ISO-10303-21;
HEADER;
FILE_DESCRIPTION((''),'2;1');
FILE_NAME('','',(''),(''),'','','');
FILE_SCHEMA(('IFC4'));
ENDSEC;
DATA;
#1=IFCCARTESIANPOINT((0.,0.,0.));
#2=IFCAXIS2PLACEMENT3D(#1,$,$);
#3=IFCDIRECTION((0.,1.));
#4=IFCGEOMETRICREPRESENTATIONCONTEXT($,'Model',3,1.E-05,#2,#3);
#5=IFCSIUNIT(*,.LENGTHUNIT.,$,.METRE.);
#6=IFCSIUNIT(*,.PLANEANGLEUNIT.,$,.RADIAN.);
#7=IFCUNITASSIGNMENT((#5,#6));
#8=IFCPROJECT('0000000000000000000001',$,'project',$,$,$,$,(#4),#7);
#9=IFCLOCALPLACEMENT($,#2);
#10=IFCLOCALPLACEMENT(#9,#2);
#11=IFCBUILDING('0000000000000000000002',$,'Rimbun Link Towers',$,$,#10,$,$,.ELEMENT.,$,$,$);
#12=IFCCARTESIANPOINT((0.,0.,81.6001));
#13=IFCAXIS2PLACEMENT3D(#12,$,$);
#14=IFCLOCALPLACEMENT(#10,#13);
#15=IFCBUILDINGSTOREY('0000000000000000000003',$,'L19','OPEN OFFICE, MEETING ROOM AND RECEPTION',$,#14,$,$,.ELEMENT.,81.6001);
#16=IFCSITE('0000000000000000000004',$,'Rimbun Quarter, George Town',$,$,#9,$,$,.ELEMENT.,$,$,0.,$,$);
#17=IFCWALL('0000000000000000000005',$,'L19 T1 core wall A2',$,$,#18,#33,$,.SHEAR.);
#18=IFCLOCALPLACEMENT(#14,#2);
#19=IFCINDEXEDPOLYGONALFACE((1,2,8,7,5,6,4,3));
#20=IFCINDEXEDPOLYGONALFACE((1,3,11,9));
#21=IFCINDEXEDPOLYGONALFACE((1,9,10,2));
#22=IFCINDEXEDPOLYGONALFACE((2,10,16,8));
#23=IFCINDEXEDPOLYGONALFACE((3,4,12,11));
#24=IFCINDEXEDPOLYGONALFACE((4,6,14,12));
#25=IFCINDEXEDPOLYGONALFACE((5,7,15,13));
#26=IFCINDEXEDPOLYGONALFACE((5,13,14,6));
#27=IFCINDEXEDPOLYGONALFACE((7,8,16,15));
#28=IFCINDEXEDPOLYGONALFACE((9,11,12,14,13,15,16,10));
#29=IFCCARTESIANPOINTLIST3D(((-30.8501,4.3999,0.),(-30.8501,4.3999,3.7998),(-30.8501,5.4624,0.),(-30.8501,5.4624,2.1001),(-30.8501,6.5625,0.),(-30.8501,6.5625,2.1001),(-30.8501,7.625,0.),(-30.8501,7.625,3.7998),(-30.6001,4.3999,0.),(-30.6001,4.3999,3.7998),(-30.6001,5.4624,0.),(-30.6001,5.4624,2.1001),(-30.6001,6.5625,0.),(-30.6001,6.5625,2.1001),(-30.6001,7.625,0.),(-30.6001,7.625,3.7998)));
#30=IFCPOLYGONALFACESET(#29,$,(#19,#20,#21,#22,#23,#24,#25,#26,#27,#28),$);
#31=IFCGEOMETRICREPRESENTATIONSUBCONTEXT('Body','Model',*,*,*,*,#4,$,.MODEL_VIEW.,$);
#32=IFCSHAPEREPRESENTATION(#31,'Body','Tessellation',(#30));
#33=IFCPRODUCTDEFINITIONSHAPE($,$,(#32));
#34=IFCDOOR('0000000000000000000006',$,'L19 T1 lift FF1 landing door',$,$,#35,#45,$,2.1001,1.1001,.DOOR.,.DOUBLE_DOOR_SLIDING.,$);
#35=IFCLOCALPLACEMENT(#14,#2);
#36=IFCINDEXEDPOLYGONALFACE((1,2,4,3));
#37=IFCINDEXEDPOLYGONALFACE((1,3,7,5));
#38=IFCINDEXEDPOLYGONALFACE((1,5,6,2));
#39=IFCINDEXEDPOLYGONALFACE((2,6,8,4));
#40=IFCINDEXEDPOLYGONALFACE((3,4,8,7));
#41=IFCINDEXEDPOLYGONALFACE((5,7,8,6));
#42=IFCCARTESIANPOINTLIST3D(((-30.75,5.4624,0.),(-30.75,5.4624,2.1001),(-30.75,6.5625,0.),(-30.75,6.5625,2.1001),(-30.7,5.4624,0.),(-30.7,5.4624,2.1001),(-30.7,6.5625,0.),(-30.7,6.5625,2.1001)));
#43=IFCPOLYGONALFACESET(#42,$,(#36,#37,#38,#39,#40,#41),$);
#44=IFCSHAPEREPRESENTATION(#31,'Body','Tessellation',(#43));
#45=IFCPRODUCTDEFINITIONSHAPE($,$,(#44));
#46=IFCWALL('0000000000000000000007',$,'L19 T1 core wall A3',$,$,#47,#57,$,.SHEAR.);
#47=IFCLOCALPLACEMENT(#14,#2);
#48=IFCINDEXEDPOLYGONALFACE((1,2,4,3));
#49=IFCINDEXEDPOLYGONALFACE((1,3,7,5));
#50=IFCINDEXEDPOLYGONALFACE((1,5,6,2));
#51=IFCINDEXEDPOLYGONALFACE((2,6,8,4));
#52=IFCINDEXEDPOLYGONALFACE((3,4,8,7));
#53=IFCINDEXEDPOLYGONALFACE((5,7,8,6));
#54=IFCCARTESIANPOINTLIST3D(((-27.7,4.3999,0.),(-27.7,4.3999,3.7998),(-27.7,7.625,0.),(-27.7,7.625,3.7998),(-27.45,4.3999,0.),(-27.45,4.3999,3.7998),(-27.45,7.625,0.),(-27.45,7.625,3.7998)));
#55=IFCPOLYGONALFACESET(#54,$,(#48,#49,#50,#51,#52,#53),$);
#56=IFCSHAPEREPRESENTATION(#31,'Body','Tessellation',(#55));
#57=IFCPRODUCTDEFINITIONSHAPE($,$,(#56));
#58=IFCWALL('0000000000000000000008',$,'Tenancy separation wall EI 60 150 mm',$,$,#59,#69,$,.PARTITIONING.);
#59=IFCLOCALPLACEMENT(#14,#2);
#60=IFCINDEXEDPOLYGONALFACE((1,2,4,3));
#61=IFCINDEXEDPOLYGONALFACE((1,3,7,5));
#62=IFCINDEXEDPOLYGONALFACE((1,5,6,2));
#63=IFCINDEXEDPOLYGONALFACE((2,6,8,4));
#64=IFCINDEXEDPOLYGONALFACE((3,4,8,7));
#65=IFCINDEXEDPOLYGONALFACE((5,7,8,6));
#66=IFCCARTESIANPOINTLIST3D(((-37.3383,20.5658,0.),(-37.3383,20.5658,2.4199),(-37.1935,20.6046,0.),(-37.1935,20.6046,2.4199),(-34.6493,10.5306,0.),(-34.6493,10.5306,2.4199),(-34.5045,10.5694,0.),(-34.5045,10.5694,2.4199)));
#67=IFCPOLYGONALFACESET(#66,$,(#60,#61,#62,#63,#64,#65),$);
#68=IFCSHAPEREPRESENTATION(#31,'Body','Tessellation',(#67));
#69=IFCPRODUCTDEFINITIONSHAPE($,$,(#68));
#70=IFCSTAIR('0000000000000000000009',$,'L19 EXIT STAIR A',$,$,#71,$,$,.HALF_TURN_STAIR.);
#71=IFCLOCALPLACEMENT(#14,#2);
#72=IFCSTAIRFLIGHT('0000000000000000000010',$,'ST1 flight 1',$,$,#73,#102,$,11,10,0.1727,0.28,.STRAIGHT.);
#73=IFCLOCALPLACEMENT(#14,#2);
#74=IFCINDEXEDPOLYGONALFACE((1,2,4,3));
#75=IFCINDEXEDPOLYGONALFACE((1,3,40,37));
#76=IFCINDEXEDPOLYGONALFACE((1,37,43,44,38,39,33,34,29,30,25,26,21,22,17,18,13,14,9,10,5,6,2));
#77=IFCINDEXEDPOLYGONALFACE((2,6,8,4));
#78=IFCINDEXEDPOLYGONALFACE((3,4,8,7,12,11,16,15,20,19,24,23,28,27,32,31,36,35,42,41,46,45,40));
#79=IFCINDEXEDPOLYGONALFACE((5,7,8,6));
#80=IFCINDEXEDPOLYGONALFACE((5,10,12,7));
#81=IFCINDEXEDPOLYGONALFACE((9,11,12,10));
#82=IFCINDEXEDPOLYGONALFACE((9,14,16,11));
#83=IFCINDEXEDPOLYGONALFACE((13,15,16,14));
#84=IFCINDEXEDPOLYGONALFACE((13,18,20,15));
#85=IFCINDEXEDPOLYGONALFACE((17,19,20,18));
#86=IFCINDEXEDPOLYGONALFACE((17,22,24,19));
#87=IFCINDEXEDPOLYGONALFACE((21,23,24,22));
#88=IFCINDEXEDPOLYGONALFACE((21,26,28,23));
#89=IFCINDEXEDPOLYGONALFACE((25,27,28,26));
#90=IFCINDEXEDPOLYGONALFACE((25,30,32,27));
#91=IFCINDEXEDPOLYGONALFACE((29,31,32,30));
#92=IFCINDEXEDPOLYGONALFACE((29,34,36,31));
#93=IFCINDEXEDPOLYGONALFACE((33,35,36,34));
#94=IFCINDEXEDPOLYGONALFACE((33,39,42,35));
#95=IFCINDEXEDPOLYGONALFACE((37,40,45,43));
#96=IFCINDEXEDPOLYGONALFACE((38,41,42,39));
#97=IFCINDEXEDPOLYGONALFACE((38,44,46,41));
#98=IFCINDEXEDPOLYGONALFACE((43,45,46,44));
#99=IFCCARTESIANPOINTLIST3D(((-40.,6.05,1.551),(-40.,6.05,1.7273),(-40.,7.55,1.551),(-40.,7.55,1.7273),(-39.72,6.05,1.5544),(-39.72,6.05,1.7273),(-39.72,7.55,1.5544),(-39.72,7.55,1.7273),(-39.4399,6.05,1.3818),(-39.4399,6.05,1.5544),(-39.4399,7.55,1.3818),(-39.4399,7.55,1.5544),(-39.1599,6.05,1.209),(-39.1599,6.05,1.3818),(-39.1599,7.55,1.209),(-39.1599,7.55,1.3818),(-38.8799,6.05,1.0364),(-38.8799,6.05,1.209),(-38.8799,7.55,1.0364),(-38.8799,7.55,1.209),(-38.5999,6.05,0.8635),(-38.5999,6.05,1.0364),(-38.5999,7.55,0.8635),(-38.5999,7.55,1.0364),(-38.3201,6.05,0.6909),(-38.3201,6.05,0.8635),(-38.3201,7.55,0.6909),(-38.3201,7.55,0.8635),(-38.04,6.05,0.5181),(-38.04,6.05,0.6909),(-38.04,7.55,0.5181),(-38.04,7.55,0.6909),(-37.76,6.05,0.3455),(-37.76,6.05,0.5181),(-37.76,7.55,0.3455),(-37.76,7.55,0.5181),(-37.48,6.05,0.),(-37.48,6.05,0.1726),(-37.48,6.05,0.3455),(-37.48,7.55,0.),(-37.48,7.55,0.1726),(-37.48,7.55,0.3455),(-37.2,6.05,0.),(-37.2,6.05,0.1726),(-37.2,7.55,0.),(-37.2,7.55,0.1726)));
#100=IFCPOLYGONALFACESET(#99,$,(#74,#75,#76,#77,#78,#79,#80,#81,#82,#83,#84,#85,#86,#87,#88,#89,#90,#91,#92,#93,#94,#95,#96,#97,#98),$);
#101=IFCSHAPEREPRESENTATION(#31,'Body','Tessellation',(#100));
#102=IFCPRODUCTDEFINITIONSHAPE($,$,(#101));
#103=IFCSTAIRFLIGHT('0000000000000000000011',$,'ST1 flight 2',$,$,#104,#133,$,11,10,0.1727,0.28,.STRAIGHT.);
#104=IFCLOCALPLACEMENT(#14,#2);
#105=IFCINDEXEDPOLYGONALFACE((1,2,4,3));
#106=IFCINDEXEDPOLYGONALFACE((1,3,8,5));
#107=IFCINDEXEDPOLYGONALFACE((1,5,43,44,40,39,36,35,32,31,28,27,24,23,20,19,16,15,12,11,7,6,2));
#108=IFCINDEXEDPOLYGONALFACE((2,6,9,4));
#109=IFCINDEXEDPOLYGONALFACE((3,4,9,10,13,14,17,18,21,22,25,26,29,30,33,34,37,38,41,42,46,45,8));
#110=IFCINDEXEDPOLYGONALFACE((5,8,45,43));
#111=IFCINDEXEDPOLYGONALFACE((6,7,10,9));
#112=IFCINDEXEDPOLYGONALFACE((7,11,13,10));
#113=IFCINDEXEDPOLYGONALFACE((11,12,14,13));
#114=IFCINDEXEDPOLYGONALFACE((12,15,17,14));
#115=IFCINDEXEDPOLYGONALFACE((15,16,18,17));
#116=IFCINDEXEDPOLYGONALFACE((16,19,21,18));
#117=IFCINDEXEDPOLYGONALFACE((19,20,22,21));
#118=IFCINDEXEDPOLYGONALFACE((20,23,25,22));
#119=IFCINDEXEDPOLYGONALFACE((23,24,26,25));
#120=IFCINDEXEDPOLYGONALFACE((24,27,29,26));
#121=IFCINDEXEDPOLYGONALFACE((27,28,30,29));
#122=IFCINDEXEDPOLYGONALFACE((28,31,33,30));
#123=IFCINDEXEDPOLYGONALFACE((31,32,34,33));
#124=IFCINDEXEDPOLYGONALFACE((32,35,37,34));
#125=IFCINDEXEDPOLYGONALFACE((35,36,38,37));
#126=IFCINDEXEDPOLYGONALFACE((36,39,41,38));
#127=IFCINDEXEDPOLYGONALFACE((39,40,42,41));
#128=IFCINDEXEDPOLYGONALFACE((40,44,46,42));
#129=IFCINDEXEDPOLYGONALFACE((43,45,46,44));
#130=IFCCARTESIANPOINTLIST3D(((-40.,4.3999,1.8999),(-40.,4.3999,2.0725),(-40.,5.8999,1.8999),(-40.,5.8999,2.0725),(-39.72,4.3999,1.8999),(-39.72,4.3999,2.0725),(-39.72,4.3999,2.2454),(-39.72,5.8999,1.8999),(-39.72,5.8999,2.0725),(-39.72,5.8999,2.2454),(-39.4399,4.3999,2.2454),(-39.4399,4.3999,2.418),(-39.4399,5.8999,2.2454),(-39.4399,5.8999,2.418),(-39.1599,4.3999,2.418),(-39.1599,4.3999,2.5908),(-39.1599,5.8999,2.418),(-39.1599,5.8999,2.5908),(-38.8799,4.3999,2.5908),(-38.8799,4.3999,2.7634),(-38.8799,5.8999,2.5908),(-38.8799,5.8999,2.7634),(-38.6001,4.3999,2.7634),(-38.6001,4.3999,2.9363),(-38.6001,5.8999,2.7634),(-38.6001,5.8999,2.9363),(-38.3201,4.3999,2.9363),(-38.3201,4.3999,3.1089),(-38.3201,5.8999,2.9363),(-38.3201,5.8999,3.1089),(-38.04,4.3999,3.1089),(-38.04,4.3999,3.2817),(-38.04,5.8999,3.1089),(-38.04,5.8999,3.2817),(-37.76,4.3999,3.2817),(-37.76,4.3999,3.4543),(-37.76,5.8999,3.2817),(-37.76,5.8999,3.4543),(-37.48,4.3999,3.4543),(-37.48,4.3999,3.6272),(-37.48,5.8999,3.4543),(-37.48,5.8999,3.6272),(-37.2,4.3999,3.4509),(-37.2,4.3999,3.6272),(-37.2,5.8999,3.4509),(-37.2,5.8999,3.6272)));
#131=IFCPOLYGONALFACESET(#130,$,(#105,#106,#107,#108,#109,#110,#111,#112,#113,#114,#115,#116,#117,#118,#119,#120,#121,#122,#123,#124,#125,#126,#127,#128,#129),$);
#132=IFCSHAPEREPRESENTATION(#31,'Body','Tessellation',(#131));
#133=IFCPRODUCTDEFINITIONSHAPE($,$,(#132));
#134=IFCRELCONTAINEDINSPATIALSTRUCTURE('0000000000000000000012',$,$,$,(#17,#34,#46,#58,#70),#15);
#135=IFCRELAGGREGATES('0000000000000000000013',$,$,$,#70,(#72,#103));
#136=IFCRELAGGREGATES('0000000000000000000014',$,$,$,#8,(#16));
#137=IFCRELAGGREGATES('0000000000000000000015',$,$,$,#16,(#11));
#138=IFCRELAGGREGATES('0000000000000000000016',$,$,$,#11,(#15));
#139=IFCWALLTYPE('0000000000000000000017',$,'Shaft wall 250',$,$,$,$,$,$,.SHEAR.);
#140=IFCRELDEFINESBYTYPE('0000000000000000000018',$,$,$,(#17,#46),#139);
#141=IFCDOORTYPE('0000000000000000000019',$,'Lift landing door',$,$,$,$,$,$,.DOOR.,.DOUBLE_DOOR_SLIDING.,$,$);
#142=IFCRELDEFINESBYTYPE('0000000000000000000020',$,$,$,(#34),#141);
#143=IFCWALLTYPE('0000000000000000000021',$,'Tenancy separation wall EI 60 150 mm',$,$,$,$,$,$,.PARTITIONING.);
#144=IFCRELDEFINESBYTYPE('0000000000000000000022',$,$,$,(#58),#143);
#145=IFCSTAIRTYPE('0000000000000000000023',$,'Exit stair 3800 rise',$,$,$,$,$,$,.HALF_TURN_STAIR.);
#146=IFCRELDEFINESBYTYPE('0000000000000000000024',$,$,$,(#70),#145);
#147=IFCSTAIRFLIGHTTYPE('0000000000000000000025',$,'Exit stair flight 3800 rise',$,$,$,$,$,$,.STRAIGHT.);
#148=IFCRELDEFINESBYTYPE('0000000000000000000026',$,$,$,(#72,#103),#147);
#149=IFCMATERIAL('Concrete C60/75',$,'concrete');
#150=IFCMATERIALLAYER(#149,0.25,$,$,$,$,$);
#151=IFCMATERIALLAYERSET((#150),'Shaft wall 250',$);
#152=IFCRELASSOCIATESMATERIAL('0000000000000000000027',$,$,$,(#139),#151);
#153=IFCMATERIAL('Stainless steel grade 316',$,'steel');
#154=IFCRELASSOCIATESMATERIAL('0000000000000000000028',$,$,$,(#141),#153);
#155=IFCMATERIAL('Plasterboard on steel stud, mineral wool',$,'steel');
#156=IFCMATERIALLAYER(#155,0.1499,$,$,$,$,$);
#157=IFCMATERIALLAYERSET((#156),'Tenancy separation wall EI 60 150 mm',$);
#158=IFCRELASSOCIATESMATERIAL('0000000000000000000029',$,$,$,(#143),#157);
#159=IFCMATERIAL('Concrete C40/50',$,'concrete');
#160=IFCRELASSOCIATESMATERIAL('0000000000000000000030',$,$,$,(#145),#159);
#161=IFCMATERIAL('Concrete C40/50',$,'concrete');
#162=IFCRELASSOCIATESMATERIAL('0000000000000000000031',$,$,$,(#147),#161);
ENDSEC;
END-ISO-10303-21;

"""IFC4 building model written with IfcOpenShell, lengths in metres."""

from ifc_helpers import new_model, si_unit, direction, frame, frame_2d, origin, place, context, subcontext, project, spatial, polyline, rectangle, outline, extrude, material, layer, layer_set, type_object, element, fill, aggregate, save


model = new_model("IFC4")

# Units and contexts
model_context = context("Model", 3, precision=1e-05, world=origin(), true_north=direction((0.0, 1.0)))
body_context = subcontext(model_context, "Body", "Model", "MODEL_VIEW")
ifc_project = project(units=[si_unit("LENGTHUNIT", "METRE"), si_unit("PLANEANGLEUNIT", "RADIAN")], contexts=[model_context])

# Site, building, storey
site_placement = place(None, origin())
site = spatial("IfcSite", under=ifc_project, at=site_placement, Name="Rimbun Quarter, George Town", CompositionType="ELEMENT", RefElevation=0.0)
building_placement = place(site_placement, origin())
building = spatial("IfcBuilding", under=site, at=building_placement, Name="Rimbun Link Towers", CompositionType="ELEMENT")
storey_placement = place(building_placement, frame((0.0, 0.0, 81.6001)))
storey = spatial("IfcBuildingStorey", under=building, at=storey_placement, Name="L19", Description="OPEN OFFICE, MEETING ROOM AND RECEPTION", CompositionType="ELEMENT", Elevation=81.6001)

# Wall, opening, door
ifc_material_1 = material(Name="Concrete C60/75", Category="concrete")
ifc_layer_1 = layer(ifc_material_1, 0.25)
ifc_layer_set_1 = layer_set([ifc_layer_1], Name="Shaft wall 250")
wall_type_1 = type_object("IfcWallType", Name="Shaft wall 250", PredefinedType="SHEAR", material=ifc_layer_set_1)
wall_1_placement = place(storey_placement, frame((-30.7251, 4.3999, 0.0), z_axis=(0.0, 0.0, 1.0), x_axis=(0.0, 1.0, 0.0)))
wall_1 = element("IfcWall", 1, at=wall_1_placement, inside=storey, type_object=wall_type_1, Name="L19 T1 core wall A2", PredefinedType="SHEAR", context=body_context, shape_type="SweptSolid", body=[
    extrude(rectangle(XDim=3.2251, YDim=0.25, at=frame_2d((1.6125, 0.0))), origin(), (0.0, 0.0, 1.0), 3.7998),
])
opening_1_placement = place(wall_1_placement, frame((1.0625, 0.0, 0.0)))
opening_1 = element("IfcOpeningElement", 2, at=opening_1_placement, cuts=wall_1, PredefinedType="OPENING", context=body_context, shape_type="SweptSolid", body=[
    extrude(rectangle(XDim=1.1001, YDim=2.1001, at=frame_2d((0.55, 1.05))), frame((0.0, 0.135, 0.0), z_axis=(0.0, -1.0, 0.0), x_axis=(1.0, 0.0, 0.0)), (0.0, 0.0, 1.0), 0.27),
])
ifc_material_2 = material(Name="Stainless steel grade 316", Category="steel")
door_type_1 = type_object("IfcDoorType", Name="Lift landing door", OperationType="DOUBLE_DOOR_SLIDING", PredefinedType="DOOR", material=ifc_material_2)
door_1_placement = place(opening_1_placement, origin())
door_1 = element("IfcDoor", 3, at=door_1_placement, inside=storey, type_object=door_type_1, Name="L19 T1 lift FF1 landing door", OperationType="DOUBLE_DOOR_SLIDING", OverallHeight=2.1001, OverallWidth=1.1001, PredefinedType="DOOR", context=body_context, shape_type="SweptSolid", body=[
    extrude(rectangle(XDim=1.1001, YDim=2.1001, at=frame_2d((0.55, 1.05))), frame((0.0, 0.0249, 0.0), z_axis=(0.0, -1.0, 0.0), x_axis=(1.0, 0.0, 0.0)), (0.0, 0.0, 1.0), 0.05),
])
fill(opening_1, door_1)

# Walls
wall_2_placement = place(storey_placement, frame((-27.575, 4.3999, 0.0), z_axis=(0.0, 0.0, 1.0), x_axis=(0.0, 1.0, 0.0)))
element("IfcWall", 4, at=wall_2_placement, inside=storey, type_object=wall_type_1, Name="L19 T1 core wall A3", PredefinedType="SHEAR", context=body_context, shape_type="SweptSolid", body=[
    extrude(rectangle(XDim=3.2251, YDim=0.25, at=frame_2d((1.6125, 0.0))), origin(), (0.0, 0.0, 1.0), 3.7998),
])
ifc_material_3 = material(Name="Plasterboard on steel stud, mineral wool", Category="steel")
ifc_layer_2 = layer(ifc_material_3, 0.1499)
ifc_layer_set_2 = layer_set([ifc_layer_2], Name="Tenancy separation wall EI 60 150 mm")
wall_type_2 = type_object("IfcWallType", Name="Tenancy separation wall EI 60 150 mm", PredefinedType="PARTITIONING", material=ifc_layer_set_2)
wall_3_placement = place(storey_placement, frame((-34.5769, 10.55, 0.0), z_axis=(0.0, 0.0, 1.0), x_axis=(-0.258824, 0.965925, 0.0)))
element("IfcWall", 5, at=wall_3_placement, inside=storey, type_object=wall_type_2, Name="Tenancy separation wall EI 60 150 mm", PredefinedType="PARTITIONING", context=body_context, shape_type="SweptSolid", body=[
    extrude(rectangle(XDim=10.3892, YDim=0.1499, at=frame_2d((5.1946, 0.0))), origin(), (0.0, 0.0, 1.0), 2.4199),
])

# Stair, stair flights
ifc_material_4 = material(Name="Concrete C40/50", Category="concrete")
stair_type = type_object("IfcStairType", Name="Exit stair 3800 rise", PredefinedType="HALF_TURN_STAIR", material=ifc_material_4)
stair_placement = place(storey_placement, origin())
stair = element("IfcStair", 6, at=stair_placement, inside=storey, type_object=stair_type, Name="L19 EXIT STAIR A", PredefinedType="HALF_TURN_STAIR")
ifc_material_5 = material(Name="Concrete C40/50", Category="concrete")
stair_flight_type = type_object("IfcStairFlightType", Name="Exit stair flight 3800 rise", PredefinedType="STRAIGHT", material=ifc_material_5)
stair_flight_1_placement = place(storey_placement, frame((-37.2, 6.8, 0.0), z_axis=(0.0, 0.0, 1.0), x_axis=(-1.0, 0.0, 0.0)))
stair_flight_1 = element("IfcStairFlight", 7, at=stair_flight_1_placement, type_object=stair_flight_type, Name="ST1 flight 1", NumberOfRisers=11, NumberOfTreads=10, PredefinedType="STRAIGHT", RiserHeight=0.1727, TreadLength=0.28, context=body_context, shape_type="SweptSolid", body=[
    extrude(outline(polyline([(0.0, 0.0), (0.0, 0.1726), (0.28, 0.1726), (0.28, 0.3455), (0.5601, 0.3455), (0.5601, 0.5181), (0.8401, 0.5181), (0.8401, 0.6909), (1.1201, 0.6909), (1.1201, 0.8635), (1.3999, 0.8635), (1.3999, 1.0364), (1.6799, 1.0364), (1.6799, 1.209), (1.96, 1.209), (1.96, 1.3818), (2.24, 1.3818), (2.24, 1.5544), (2.52, 1.5544), (2.52, 1.7273), (2.8, 1.7273), (2.8, 1.8999), (2.8, 1.551), (0.28, 0.0), (0.0, 0.0)])), frame((0.0, 0.75, 0.0), z_axis=(0.0, -1.0, 0.0), x_axis=(1.0, 0.0, 0.0)), (0.0, 0.0, 1.0), 1.5),
])
stair_flight_2_placement = place(storey_placement, frame((-40.0, 5.1499, 1.8999), z_axis=(0.0, 0.0, 1.0), x_axis=(1.0, 0.0, 0.0)))
stair_flight_2 = element("IfcStairFlight", 8, at=stair_flight_2_placement, type_object=stair_flight_type, Name="ST1 flight 2", NumberOfRisers=11, NumberOfTreads=10, PredefinedType="STRAIGHT", RiserHeight=0.1727, TreadLength=0.28, context=body_context, shape_type="SweptSolid", body=[
    extrude(outline(polyline([(0.0, 0.0), (0.0, 0.1726), (0.28, 0.1726), (0.28, 0.3455), (0.5601, 0.3455), (0.5601, 0.5181), (0.8401, 0.5181), (0.8401, 0.6909), (1.1201, 0.6909), (1.1201, 0.8635), (1.3999, 0.8635), (1.3999, 1.0364), (1.6799, 1.0364), (1.6799, 1.209), (1.96, 1.209), (1.96, 1.3818), (2.24, 1.3818), (2.24, 1.5544), (2.52, 1.5544), (2.52, 1.7273), (2.8, 1.7273), (2.8, 1.8999), (2.8, 1.551), (0.28, 0.0), (0.0, 0.0)])), frame((0.0, 0.75, 0.0), z_axis=(0.0, -1.0, 0.0), x_axis=(1.0, 0.0, 0.0)), (0.0, 0.0, 1.0), 1.5),
])
aggregate(stair, [stair_flight_1, stair_flight_2])

save(model, "model.ifc")
